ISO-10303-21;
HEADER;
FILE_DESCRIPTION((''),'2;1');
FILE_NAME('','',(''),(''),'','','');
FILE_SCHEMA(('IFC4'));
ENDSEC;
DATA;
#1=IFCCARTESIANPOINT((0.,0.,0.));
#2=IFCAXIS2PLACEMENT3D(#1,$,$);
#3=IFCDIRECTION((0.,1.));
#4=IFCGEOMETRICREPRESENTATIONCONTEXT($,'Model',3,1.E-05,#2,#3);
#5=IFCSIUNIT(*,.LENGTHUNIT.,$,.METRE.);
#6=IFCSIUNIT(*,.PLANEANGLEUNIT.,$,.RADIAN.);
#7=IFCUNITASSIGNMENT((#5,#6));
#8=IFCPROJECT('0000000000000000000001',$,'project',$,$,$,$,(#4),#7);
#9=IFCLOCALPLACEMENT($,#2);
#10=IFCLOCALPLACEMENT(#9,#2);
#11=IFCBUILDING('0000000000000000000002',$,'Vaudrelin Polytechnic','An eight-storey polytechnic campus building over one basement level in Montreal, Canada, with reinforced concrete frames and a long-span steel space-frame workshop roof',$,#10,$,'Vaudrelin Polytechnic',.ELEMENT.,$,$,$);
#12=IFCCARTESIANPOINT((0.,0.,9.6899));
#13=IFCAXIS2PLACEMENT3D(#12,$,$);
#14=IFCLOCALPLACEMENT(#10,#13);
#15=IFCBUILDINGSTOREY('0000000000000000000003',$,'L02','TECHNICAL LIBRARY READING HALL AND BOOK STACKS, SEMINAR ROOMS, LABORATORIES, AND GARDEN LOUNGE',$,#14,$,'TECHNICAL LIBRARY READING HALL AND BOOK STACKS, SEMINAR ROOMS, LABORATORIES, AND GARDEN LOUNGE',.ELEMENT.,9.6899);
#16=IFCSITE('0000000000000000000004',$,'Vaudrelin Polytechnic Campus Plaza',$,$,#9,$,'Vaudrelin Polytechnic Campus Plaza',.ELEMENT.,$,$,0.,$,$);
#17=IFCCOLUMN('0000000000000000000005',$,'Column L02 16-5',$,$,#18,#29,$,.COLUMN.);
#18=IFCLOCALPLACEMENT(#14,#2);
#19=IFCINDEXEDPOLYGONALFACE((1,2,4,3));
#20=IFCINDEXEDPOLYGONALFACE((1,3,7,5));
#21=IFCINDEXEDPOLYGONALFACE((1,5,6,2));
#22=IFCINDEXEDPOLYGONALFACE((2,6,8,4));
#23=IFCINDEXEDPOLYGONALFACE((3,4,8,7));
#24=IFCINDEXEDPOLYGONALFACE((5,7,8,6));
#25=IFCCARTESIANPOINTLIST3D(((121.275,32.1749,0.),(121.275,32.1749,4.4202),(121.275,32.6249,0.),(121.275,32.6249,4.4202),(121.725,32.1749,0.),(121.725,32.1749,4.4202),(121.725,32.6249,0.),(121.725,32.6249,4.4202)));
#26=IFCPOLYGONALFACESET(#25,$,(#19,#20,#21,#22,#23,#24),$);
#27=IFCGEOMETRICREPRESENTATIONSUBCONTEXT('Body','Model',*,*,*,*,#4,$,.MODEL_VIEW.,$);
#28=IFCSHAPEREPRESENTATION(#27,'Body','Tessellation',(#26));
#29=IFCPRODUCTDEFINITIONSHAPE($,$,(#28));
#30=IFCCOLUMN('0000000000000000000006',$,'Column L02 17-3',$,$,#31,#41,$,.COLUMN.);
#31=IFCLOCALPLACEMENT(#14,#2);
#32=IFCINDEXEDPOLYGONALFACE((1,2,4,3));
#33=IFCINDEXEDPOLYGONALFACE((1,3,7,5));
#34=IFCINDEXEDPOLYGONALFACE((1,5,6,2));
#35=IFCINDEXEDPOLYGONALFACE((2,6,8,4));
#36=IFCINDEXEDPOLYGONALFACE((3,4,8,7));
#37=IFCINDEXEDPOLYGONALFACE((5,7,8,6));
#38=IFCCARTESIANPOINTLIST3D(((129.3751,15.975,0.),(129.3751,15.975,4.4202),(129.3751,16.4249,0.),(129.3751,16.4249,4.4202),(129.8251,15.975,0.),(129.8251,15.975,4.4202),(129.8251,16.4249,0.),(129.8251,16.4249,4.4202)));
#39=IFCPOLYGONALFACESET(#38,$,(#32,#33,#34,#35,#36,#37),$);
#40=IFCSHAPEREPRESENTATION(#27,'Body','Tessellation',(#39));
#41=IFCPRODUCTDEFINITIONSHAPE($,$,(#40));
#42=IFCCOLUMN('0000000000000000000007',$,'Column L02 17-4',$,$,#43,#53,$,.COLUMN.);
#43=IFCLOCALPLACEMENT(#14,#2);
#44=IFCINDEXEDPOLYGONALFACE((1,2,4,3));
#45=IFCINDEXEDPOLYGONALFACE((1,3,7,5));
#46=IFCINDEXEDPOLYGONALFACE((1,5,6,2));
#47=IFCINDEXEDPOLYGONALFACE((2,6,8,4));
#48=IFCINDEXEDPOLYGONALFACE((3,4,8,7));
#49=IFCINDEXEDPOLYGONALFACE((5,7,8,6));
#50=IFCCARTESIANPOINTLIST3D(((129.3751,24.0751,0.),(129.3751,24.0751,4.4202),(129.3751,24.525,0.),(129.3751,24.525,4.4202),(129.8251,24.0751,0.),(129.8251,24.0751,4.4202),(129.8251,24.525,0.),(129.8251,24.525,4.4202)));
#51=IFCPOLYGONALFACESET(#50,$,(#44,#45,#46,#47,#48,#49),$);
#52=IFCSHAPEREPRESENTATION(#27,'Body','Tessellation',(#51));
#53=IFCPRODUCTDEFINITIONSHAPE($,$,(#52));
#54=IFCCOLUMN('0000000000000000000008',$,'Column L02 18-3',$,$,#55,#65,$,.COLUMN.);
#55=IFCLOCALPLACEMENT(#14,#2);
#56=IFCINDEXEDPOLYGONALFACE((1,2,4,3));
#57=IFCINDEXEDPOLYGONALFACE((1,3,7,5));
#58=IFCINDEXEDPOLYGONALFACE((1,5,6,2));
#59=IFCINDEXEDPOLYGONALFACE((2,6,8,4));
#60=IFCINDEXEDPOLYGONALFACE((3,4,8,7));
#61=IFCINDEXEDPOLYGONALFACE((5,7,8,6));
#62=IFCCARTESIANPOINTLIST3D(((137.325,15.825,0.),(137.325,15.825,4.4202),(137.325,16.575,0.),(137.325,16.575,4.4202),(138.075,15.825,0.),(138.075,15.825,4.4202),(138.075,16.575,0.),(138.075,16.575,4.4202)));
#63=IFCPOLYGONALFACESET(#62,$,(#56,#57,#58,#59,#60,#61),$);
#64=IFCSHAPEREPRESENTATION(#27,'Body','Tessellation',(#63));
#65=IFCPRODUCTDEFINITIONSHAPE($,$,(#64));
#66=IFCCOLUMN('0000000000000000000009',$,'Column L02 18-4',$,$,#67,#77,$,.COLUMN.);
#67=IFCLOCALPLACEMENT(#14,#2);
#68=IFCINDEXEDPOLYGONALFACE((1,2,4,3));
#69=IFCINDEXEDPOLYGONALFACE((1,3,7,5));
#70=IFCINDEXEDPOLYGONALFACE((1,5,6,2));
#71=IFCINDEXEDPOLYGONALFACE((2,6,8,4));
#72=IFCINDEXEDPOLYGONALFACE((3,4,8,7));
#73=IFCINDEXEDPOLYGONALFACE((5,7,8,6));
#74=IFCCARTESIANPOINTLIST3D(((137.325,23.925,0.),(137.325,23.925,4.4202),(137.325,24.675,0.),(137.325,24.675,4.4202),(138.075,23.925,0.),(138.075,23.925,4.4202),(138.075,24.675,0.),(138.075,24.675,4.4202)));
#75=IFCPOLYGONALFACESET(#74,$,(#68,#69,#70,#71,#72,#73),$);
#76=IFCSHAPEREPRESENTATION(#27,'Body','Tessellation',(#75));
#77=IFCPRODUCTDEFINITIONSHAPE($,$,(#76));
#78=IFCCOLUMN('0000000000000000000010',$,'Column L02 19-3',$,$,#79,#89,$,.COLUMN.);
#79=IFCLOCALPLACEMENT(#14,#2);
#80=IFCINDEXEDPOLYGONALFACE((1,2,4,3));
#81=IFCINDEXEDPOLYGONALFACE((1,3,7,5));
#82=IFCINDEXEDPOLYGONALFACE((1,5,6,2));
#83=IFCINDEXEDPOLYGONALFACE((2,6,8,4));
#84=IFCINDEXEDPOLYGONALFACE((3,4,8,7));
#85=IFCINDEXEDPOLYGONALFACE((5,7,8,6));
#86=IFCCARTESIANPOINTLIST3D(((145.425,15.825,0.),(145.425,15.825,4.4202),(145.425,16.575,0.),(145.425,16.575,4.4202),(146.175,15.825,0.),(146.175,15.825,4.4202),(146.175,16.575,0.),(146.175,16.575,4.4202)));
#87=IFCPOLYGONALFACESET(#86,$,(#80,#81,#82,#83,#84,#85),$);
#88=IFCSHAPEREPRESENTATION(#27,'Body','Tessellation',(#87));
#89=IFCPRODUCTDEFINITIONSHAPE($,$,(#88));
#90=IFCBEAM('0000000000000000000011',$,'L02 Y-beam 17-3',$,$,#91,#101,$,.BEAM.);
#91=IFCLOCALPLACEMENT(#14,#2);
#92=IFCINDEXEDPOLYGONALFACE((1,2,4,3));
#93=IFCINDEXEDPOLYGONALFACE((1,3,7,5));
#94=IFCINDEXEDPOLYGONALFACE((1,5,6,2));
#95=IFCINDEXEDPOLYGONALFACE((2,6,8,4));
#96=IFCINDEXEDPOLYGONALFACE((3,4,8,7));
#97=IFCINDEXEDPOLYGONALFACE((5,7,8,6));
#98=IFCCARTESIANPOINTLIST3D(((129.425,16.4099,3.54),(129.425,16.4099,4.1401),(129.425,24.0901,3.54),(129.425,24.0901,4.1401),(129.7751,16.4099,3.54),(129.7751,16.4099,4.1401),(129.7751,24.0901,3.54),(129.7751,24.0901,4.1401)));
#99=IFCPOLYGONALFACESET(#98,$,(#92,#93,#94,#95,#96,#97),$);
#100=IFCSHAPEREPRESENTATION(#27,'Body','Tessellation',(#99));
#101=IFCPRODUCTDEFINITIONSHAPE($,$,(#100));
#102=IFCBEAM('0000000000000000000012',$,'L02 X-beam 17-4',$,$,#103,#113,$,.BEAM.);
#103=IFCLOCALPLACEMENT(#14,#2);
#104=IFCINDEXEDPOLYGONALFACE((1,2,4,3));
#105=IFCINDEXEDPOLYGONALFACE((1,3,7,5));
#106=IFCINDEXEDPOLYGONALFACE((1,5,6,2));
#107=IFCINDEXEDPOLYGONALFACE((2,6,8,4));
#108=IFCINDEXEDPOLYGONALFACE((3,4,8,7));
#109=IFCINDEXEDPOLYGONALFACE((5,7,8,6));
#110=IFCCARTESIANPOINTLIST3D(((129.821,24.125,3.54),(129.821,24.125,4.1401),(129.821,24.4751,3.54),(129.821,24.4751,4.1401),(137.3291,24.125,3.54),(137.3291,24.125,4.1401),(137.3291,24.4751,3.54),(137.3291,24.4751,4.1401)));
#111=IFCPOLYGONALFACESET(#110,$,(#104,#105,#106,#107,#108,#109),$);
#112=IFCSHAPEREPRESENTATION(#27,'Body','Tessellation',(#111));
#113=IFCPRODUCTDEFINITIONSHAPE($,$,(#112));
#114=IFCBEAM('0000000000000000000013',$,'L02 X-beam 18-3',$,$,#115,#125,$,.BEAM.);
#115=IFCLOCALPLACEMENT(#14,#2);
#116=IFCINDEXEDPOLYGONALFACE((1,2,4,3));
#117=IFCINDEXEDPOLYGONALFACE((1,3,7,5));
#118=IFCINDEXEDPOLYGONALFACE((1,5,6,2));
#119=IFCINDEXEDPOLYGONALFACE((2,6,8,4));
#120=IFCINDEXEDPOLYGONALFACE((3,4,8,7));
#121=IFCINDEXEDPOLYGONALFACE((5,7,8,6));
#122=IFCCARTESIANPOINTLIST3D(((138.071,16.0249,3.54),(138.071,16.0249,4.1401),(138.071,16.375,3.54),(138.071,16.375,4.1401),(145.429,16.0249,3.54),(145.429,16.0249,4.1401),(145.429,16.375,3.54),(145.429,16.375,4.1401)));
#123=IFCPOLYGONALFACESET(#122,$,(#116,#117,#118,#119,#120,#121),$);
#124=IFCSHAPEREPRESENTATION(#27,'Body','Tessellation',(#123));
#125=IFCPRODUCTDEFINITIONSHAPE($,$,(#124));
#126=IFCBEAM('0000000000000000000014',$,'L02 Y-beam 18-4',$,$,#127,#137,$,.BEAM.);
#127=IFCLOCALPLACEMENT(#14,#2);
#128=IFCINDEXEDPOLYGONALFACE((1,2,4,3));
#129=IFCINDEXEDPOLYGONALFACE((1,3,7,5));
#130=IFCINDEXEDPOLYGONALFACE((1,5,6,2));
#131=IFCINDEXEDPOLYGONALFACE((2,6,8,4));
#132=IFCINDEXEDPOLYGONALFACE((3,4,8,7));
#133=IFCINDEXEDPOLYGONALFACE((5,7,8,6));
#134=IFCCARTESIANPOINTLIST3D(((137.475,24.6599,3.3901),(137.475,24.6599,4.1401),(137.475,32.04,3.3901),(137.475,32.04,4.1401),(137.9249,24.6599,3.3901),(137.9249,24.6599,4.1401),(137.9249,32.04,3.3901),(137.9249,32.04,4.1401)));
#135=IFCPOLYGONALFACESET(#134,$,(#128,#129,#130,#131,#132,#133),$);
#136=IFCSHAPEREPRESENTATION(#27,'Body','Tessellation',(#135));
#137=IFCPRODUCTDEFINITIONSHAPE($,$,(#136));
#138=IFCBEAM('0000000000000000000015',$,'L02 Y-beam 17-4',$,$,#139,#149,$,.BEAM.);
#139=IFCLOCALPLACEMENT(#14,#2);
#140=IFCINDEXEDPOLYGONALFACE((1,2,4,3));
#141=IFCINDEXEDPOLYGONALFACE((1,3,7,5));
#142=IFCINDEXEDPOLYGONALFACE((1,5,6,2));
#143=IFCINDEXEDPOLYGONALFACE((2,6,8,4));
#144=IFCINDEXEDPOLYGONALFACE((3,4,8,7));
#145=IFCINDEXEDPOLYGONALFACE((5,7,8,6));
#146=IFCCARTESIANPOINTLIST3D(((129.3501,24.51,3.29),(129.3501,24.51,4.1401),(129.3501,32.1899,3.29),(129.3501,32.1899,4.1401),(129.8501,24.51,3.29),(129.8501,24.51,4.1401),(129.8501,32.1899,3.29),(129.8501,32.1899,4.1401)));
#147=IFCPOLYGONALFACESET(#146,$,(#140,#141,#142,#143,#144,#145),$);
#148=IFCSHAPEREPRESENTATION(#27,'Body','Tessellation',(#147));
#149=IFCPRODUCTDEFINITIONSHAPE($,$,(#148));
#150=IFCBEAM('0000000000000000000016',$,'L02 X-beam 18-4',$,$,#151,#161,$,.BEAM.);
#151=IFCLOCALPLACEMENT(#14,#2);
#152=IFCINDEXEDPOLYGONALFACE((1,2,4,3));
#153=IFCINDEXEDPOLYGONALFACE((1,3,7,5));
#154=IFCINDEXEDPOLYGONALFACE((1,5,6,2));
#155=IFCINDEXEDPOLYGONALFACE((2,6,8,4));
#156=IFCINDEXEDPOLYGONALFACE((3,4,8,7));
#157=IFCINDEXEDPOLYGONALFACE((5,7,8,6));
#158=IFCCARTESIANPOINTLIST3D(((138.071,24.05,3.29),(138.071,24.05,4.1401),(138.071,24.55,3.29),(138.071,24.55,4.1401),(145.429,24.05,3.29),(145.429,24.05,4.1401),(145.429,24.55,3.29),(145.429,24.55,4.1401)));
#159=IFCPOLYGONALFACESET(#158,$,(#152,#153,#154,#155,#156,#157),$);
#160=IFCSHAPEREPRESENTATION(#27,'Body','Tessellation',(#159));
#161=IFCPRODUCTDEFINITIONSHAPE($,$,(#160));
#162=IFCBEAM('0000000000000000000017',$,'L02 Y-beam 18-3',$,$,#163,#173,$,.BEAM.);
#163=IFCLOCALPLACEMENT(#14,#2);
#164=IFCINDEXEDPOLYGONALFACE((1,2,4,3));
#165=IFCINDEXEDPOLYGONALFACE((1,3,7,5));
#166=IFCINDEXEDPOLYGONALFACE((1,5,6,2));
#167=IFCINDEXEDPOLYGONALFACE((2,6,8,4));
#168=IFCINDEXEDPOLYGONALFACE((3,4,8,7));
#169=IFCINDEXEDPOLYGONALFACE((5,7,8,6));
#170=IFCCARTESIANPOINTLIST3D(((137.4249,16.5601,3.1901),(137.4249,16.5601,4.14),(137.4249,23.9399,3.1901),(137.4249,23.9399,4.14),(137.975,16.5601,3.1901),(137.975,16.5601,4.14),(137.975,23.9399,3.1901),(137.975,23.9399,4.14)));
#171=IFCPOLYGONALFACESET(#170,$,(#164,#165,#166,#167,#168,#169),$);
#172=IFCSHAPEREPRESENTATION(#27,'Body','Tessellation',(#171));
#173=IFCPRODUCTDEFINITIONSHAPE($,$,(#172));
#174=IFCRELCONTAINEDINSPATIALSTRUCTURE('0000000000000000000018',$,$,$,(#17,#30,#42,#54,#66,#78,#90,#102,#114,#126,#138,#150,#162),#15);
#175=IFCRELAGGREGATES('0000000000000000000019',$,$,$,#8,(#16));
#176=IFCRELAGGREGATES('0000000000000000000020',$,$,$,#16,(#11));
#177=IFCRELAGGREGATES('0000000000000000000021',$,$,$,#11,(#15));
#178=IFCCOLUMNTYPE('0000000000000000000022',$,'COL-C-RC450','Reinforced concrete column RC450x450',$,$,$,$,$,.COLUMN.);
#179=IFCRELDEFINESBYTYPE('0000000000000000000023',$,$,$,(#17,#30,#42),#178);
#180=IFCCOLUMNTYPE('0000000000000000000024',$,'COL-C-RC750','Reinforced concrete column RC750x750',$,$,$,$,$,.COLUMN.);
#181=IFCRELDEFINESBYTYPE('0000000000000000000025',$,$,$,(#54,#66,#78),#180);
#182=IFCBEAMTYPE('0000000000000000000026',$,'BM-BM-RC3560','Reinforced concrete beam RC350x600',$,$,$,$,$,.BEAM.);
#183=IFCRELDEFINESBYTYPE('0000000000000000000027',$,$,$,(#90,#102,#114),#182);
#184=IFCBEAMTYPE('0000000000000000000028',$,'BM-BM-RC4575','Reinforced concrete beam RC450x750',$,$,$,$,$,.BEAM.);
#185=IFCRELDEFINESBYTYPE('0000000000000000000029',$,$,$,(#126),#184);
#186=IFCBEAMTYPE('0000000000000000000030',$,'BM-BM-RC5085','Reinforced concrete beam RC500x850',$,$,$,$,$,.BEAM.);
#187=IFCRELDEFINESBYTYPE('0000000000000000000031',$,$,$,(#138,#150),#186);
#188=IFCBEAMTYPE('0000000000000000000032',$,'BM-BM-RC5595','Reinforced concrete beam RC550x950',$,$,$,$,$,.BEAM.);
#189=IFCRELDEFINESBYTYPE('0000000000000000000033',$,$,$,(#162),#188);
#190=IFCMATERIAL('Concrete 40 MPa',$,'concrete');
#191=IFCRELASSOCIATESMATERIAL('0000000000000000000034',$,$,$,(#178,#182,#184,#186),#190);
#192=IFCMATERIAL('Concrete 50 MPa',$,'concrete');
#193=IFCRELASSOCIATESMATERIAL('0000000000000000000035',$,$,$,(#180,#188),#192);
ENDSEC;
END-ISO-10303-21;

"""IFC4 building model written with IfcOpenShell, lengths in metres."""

from ifc_helpers import new_model, si_unit, direction, frame, origin, origin_2d, place, context, subcontext, project, spatial, rectangle, extrude, material, material_profile, profile_set, type_object, element, save


model = new_model("IFC4")

# Units and contexts
model_context = context("Model", 3, precision=1e-05, world=origin(), true_north=direction((0.0, 1.0)))
body_context = subcontext(model_context, "Body", "Model", "MODEL_VIEW")
ifc_project = project(units=[si_unit("LENGTHUNIT", "METRE"), si_unit("PLANEANGLEUNIT", "RADIAN")], contexts=[model_context])

# Site, building, storey
site_placement = place(None, origin())
site = spatial("IfcSite", under=ifc_project, at=site_placement, Name="Vaudrelin Polytechnic Campus Plaza", LongName="Vaudrelin Polytechnic Campus Plaza", CompositionType="ELEMENT", RefElevation=0.0)
building_placement = place(site_placement, origin())
building = spatial("IfcBuilding", under=site, at=building_placement, Name="Vaudrelin Polytechnic", Description="An eight-storey polytechnic campus building over one basement level in Montreal, Canada, with reinforced concrete frames and a long-span steel space-frame workshop roof", LongName="Vaudrelin Polytechnic", CompositionType="ELEMENT")
storey_placement = place(building_placement, frame((0.0, 0.0, 9.6899)))
storey = spatial("IfcBuildingStorey", under=building, at=storey_placement, Name="L02", Description="TECHNICAL LIBRARY READING HALL AND BOOK STACKS, SEMINAR ROOMS, LABORATORIES, AND GARDEN LOUNGE", LongName="TECHNICAL LIBRARY READING HALL AND BOOK STACKS, SEMINAR ROOMS, LABORATORIES, AND GARDEN LOUNGE", CompositionType="ELEMENT", Elevation=9.6899)

# Columns
ifc_material_1 = material(Name="Concrete 40 MPa", Category="concrete")
ifc_material_profile_1 = material_profile(ifc_material_1, rectangle(XDim=0.45, YDim=0.45, at=origin_2d()), Name="RC450x450")
ifc_profile_set_1 = profile_set([ifc_material_profile_1], Name="Concrete 40 MPa")
column_type_1 = type_object("IfcColumnType", Name="COL-C-RC450", Description="Reinforced concrete column RC450x450", PredefinedType="COLUMN", material=ifc_profile_set_1)
for number, where, z_axis, x_axis, name in (
    (1, (121.5, 32.3999, 0.0), (0.0, 0.0, 1.0), (1.0, 0.0, 0.0), "Column L02 16-5"),
    (2, (129.6001, 16.2, 0.0), (0.0, 0.0, 1.0), (1.0, 0.0, 0.0), "Column L02 17-3"),
    (3, (129.6001, 24.3, 0.0), (0.0, 0.0, 1.0), (1.0, 0.0, 0.0), "Column L02 17-4"),
):
    element("IfcColumn", number, at=place(storey_placement, frame(where, z_axis=z_axis, x_axis=x_axis)), inside=storey, type_object=column_type_1, Name=name, PredefinedType="COLUMN", context=body_context, shape_type="SweptSolid", body=[
        extrude(rectangle(XDim=0.45, YDim=0.45, at=origin_2d()), origin(), (0.0, 0.0, 1.0), 4.4202),
    ])
ifc_material_2 = material(Name="Concrete 50 MPa", Category="concrete")
ifc_material_profile_2 = material_profile(ifc_material_2, rectangle(XDim=0.75, YDim=0.75, at=origin_2d()), Name="RC750x750")
ifc_profile_set_2 = profile_set([ifc_material_profile_2], Name="Concrete 50 MPa")
column_type_2 = type_object("IfcColumnType", Name="COL-C-RC750", Description="Reinforced concrete column RC750x750", PredefinedType="COLUMN", material=ifc_profile_set_2)
for number, where, z_axis, x_axis, name in (
    (4, (137.7, 16.2, 0.0), (0.0, 0.0, 1.0), (1.0, 0.0, 0.0), "Column L02 18-3"),
    (5, (137.7, 24.3, 0.0), (0.0, 0.0, 1.0), (1.0, 0.0, 0.0), "Column L02 18-4"),
    (6, (145.8, 16.2, 0.0), (0.0, 0.0, 1.0), (1.0, 0.0, 0.0), "Column L02 19-3"),
):
    element("IfcColumn", number, at=place(storey_placement, frame(where, z_axis=z_axis, x_axis=x_axis)), inside=storey, type_object=column_type_2, Name=name, PredefinedType="COLUMN", context=body_context, shape_type="SweptSolid", body=[
        extrude(rectangle(XDim=0.75, YDim=0.75, at=origin_2d()), origin(), (0.0, 0.0, 1.0), 4.4202),
    ])

# Beams
ifc_material_profile_3 = material_profile(ifc_material_1, rectangle(XDim=0.3501, YDim=0.6001, at=origin_2d()), Name="RC350x600")
ifc_profile_set_3 = profile_set([ifc_material_profile_3], Name="Concrete 40 MPa")
beam_type_1 = type_object("IfcBeamType", Name="BM-BM-RC3560", Description="Reinforced concrete beam RC350x600", PredefinedType="BEAM", material=ifc_profile_set_3)
beam_1_placement = place(storey_placement, frame((129.6001, 16.4099, 3.8401), z_axis=(0.0, 1.0, 0.0), x_axis=(-1.0, 0.0, 0.0)))
element("IfcBeam", 7, at=beam_1_placement, inside=storey, type_object=beam_type_1, Name="L02 Y-beam 17-3", PredefinedType="BEAM", context=body_context, shape_type="SweptSolid", body=[
    extrude(rectangle(XDim=0.3501, YDim=0.6001, at=origin_2d()), origin(), (0.0, 0.0, 1.0), 7.6802),
])
beam_2_placement = place(storey_placement, frame((129.821, 24.3, 3.8401), z_axis=(1.0, 0.0, 0.0), x_axis=(0.0, 1.0, 0.0)))
element("IfcBeam", 8, at=beam_2_placement, inside=storey, type_object=beam_type_1, Name="L02 X-beam 17-4", PredefinedType="BEAM", context=body_context, shape_type="SweptSolid", body=[
    extrude(rectangle(XDim=0.3501, YDim=0.6001, at=origin_2d()), origin(), (0.0, 0.0, 1.0), 7.5081),
])
beam_3_placement = place(storey_placement, frame((138.071, 16.2, 3.8401), z_axis=(1.0, 0.0, 0.0), x_axis=(0.0, 1.0, 0.0)))
element("IfcBeam", 9, at=beam_3_placement, inside=storey, type_object=beam_type_1, Name="L02 X-beam 18-3", PredefinedType="BEAM", context=body_context, shape_type="SweptSolid", body=[
    extrude(rectangle(XDim=0.3501, YDim=0.6001, at=origin_2d()), origin(), (0.0, 0.0, 1.0), 7.3579),
])
ifc_material_profile_4 = material_profile(ifc_material_1, rectangle(XDim=0.45, YDim=0.75, at=origin_2d()), Name="RC450x750")
ifc_profile_set_4 = profile_set([ifc_material_profile_4], Name="Concrete 40 MPa")
beam_type_2 = type_object("IfcBeamType", Name="BM-BM-RC4575", Description="Reinforced concrete beam RC450x750", PredefinedType="BEAM", material=ifc_profile_set_4)
beam_4_placement = place(storey_placement, frame((137.7, 24.6599, 3.7651), z_axis=(0.0, 1.0, 0.0), x_axis=(-1.0, 0.0, 0.0)))
element("IfcBeam", 10, at=beam_4_placement, inside=storey, type_object=beam_type_2, Name="L02 Y-beam 18-4", PredefinedType="BEAM", context=body_context, shape_type="SweptSolid", body=[
    extrude(rectangle(XDim=0.45, YDim=0.75, at=origin_2d()), origin(), (0.0, 0.0, 1.0), 7.3801),
])
ifc_material_profile_5 = material_profile(ifc_material_1, rectangle(XDim=0.5, YDim=0.8501, at=origin_2d()), Name="RC500x850")
ifc_profile_set_5 = profile_set([ifc_material_profile_5], Name="Concrete 40 MPa")
beam_type_3 = type_object("IfcBeamType", Name="BM-BM-RC5085", Description="Reinforced concrete beam RC500x850", PredefinedType="BEAM", material=ifc_profile_set_5)
beam_5_placement = place(storey_placement, frame((129.6001, 24.51, 3.7151), z_axis=(0.0, 1.0, 0.0), x_axis=(-1.0, 0.0, 0.0)))
element("IfcBeam", 11, at=beam_5_placement, inside=storey, type_object=beam_type_3, Name="L02 Y-beam 17-4", PredefinedType="BEAM", context=body_context, shape_type="SweptSolid", body=[
    extrude(rectangle(XDim=0.5, YDim=0.8501, at=origin_2d()), origin(), (0.0, 0.0, 1.0), 7.6799),
])
beam_6_placement = place(storey_placement, frame((138.071, 24.3, 3.7151), z_axis=(1.0, 0.0, 0.0), x_axis=(0.0, 1.0, 0.0)))
element("IfcBeam", 12, at=beam_6_placement, inside=storey, type_object=beam_type_3, Name="L02 X-beam 18-4", PredefinedType="BEAM", context=body_context, shape_type="SweptSolid", body=[
    extrude(rectangle(XDim=0.5, YDim=0.8501, at=origin_2d()), origin(), (0.0, 0.0, 1.0), 7.3579),
])
ifc_material_profile_6 = material_profile(ifc_material_2, rectangle(XDim=0.55, YDim=0.95, at=origin_2d()), Name="RC550x950")
ifc_profile_set_6 = profile_set([ifc_material_profile_6], Name="Concrete 50 MPa")
beam_type_4 = type_object("IfcBeamType", Name="BM-BM-RC5595", Description="Reinforced concrete beam RC550x950", PredefinedType="BEAM", material=ifc_profile_set_6)
beam_7_placement = place(storey_placement, frame((137.7, 16.5601, 3.665), z_axis=(0.0, 1.0, 0.0), x_axis=(-1.0, 0.0, 0.0)))
element("IfcBeam", 13, at=beam_7_placement, inside=storey, type_object=beam_type_4, Name="L02 Y-beam 18-3", PredefinedType="BEAM", context=body_context, shape_type="SweptSolid", body=[
    extrude(rectangle(XDim=0.55, YDim=0.95, at=origin_2d()), origin(), (0.0, 0.0, 1.0), 7.3799),
])

save(model, "model.ifc")
